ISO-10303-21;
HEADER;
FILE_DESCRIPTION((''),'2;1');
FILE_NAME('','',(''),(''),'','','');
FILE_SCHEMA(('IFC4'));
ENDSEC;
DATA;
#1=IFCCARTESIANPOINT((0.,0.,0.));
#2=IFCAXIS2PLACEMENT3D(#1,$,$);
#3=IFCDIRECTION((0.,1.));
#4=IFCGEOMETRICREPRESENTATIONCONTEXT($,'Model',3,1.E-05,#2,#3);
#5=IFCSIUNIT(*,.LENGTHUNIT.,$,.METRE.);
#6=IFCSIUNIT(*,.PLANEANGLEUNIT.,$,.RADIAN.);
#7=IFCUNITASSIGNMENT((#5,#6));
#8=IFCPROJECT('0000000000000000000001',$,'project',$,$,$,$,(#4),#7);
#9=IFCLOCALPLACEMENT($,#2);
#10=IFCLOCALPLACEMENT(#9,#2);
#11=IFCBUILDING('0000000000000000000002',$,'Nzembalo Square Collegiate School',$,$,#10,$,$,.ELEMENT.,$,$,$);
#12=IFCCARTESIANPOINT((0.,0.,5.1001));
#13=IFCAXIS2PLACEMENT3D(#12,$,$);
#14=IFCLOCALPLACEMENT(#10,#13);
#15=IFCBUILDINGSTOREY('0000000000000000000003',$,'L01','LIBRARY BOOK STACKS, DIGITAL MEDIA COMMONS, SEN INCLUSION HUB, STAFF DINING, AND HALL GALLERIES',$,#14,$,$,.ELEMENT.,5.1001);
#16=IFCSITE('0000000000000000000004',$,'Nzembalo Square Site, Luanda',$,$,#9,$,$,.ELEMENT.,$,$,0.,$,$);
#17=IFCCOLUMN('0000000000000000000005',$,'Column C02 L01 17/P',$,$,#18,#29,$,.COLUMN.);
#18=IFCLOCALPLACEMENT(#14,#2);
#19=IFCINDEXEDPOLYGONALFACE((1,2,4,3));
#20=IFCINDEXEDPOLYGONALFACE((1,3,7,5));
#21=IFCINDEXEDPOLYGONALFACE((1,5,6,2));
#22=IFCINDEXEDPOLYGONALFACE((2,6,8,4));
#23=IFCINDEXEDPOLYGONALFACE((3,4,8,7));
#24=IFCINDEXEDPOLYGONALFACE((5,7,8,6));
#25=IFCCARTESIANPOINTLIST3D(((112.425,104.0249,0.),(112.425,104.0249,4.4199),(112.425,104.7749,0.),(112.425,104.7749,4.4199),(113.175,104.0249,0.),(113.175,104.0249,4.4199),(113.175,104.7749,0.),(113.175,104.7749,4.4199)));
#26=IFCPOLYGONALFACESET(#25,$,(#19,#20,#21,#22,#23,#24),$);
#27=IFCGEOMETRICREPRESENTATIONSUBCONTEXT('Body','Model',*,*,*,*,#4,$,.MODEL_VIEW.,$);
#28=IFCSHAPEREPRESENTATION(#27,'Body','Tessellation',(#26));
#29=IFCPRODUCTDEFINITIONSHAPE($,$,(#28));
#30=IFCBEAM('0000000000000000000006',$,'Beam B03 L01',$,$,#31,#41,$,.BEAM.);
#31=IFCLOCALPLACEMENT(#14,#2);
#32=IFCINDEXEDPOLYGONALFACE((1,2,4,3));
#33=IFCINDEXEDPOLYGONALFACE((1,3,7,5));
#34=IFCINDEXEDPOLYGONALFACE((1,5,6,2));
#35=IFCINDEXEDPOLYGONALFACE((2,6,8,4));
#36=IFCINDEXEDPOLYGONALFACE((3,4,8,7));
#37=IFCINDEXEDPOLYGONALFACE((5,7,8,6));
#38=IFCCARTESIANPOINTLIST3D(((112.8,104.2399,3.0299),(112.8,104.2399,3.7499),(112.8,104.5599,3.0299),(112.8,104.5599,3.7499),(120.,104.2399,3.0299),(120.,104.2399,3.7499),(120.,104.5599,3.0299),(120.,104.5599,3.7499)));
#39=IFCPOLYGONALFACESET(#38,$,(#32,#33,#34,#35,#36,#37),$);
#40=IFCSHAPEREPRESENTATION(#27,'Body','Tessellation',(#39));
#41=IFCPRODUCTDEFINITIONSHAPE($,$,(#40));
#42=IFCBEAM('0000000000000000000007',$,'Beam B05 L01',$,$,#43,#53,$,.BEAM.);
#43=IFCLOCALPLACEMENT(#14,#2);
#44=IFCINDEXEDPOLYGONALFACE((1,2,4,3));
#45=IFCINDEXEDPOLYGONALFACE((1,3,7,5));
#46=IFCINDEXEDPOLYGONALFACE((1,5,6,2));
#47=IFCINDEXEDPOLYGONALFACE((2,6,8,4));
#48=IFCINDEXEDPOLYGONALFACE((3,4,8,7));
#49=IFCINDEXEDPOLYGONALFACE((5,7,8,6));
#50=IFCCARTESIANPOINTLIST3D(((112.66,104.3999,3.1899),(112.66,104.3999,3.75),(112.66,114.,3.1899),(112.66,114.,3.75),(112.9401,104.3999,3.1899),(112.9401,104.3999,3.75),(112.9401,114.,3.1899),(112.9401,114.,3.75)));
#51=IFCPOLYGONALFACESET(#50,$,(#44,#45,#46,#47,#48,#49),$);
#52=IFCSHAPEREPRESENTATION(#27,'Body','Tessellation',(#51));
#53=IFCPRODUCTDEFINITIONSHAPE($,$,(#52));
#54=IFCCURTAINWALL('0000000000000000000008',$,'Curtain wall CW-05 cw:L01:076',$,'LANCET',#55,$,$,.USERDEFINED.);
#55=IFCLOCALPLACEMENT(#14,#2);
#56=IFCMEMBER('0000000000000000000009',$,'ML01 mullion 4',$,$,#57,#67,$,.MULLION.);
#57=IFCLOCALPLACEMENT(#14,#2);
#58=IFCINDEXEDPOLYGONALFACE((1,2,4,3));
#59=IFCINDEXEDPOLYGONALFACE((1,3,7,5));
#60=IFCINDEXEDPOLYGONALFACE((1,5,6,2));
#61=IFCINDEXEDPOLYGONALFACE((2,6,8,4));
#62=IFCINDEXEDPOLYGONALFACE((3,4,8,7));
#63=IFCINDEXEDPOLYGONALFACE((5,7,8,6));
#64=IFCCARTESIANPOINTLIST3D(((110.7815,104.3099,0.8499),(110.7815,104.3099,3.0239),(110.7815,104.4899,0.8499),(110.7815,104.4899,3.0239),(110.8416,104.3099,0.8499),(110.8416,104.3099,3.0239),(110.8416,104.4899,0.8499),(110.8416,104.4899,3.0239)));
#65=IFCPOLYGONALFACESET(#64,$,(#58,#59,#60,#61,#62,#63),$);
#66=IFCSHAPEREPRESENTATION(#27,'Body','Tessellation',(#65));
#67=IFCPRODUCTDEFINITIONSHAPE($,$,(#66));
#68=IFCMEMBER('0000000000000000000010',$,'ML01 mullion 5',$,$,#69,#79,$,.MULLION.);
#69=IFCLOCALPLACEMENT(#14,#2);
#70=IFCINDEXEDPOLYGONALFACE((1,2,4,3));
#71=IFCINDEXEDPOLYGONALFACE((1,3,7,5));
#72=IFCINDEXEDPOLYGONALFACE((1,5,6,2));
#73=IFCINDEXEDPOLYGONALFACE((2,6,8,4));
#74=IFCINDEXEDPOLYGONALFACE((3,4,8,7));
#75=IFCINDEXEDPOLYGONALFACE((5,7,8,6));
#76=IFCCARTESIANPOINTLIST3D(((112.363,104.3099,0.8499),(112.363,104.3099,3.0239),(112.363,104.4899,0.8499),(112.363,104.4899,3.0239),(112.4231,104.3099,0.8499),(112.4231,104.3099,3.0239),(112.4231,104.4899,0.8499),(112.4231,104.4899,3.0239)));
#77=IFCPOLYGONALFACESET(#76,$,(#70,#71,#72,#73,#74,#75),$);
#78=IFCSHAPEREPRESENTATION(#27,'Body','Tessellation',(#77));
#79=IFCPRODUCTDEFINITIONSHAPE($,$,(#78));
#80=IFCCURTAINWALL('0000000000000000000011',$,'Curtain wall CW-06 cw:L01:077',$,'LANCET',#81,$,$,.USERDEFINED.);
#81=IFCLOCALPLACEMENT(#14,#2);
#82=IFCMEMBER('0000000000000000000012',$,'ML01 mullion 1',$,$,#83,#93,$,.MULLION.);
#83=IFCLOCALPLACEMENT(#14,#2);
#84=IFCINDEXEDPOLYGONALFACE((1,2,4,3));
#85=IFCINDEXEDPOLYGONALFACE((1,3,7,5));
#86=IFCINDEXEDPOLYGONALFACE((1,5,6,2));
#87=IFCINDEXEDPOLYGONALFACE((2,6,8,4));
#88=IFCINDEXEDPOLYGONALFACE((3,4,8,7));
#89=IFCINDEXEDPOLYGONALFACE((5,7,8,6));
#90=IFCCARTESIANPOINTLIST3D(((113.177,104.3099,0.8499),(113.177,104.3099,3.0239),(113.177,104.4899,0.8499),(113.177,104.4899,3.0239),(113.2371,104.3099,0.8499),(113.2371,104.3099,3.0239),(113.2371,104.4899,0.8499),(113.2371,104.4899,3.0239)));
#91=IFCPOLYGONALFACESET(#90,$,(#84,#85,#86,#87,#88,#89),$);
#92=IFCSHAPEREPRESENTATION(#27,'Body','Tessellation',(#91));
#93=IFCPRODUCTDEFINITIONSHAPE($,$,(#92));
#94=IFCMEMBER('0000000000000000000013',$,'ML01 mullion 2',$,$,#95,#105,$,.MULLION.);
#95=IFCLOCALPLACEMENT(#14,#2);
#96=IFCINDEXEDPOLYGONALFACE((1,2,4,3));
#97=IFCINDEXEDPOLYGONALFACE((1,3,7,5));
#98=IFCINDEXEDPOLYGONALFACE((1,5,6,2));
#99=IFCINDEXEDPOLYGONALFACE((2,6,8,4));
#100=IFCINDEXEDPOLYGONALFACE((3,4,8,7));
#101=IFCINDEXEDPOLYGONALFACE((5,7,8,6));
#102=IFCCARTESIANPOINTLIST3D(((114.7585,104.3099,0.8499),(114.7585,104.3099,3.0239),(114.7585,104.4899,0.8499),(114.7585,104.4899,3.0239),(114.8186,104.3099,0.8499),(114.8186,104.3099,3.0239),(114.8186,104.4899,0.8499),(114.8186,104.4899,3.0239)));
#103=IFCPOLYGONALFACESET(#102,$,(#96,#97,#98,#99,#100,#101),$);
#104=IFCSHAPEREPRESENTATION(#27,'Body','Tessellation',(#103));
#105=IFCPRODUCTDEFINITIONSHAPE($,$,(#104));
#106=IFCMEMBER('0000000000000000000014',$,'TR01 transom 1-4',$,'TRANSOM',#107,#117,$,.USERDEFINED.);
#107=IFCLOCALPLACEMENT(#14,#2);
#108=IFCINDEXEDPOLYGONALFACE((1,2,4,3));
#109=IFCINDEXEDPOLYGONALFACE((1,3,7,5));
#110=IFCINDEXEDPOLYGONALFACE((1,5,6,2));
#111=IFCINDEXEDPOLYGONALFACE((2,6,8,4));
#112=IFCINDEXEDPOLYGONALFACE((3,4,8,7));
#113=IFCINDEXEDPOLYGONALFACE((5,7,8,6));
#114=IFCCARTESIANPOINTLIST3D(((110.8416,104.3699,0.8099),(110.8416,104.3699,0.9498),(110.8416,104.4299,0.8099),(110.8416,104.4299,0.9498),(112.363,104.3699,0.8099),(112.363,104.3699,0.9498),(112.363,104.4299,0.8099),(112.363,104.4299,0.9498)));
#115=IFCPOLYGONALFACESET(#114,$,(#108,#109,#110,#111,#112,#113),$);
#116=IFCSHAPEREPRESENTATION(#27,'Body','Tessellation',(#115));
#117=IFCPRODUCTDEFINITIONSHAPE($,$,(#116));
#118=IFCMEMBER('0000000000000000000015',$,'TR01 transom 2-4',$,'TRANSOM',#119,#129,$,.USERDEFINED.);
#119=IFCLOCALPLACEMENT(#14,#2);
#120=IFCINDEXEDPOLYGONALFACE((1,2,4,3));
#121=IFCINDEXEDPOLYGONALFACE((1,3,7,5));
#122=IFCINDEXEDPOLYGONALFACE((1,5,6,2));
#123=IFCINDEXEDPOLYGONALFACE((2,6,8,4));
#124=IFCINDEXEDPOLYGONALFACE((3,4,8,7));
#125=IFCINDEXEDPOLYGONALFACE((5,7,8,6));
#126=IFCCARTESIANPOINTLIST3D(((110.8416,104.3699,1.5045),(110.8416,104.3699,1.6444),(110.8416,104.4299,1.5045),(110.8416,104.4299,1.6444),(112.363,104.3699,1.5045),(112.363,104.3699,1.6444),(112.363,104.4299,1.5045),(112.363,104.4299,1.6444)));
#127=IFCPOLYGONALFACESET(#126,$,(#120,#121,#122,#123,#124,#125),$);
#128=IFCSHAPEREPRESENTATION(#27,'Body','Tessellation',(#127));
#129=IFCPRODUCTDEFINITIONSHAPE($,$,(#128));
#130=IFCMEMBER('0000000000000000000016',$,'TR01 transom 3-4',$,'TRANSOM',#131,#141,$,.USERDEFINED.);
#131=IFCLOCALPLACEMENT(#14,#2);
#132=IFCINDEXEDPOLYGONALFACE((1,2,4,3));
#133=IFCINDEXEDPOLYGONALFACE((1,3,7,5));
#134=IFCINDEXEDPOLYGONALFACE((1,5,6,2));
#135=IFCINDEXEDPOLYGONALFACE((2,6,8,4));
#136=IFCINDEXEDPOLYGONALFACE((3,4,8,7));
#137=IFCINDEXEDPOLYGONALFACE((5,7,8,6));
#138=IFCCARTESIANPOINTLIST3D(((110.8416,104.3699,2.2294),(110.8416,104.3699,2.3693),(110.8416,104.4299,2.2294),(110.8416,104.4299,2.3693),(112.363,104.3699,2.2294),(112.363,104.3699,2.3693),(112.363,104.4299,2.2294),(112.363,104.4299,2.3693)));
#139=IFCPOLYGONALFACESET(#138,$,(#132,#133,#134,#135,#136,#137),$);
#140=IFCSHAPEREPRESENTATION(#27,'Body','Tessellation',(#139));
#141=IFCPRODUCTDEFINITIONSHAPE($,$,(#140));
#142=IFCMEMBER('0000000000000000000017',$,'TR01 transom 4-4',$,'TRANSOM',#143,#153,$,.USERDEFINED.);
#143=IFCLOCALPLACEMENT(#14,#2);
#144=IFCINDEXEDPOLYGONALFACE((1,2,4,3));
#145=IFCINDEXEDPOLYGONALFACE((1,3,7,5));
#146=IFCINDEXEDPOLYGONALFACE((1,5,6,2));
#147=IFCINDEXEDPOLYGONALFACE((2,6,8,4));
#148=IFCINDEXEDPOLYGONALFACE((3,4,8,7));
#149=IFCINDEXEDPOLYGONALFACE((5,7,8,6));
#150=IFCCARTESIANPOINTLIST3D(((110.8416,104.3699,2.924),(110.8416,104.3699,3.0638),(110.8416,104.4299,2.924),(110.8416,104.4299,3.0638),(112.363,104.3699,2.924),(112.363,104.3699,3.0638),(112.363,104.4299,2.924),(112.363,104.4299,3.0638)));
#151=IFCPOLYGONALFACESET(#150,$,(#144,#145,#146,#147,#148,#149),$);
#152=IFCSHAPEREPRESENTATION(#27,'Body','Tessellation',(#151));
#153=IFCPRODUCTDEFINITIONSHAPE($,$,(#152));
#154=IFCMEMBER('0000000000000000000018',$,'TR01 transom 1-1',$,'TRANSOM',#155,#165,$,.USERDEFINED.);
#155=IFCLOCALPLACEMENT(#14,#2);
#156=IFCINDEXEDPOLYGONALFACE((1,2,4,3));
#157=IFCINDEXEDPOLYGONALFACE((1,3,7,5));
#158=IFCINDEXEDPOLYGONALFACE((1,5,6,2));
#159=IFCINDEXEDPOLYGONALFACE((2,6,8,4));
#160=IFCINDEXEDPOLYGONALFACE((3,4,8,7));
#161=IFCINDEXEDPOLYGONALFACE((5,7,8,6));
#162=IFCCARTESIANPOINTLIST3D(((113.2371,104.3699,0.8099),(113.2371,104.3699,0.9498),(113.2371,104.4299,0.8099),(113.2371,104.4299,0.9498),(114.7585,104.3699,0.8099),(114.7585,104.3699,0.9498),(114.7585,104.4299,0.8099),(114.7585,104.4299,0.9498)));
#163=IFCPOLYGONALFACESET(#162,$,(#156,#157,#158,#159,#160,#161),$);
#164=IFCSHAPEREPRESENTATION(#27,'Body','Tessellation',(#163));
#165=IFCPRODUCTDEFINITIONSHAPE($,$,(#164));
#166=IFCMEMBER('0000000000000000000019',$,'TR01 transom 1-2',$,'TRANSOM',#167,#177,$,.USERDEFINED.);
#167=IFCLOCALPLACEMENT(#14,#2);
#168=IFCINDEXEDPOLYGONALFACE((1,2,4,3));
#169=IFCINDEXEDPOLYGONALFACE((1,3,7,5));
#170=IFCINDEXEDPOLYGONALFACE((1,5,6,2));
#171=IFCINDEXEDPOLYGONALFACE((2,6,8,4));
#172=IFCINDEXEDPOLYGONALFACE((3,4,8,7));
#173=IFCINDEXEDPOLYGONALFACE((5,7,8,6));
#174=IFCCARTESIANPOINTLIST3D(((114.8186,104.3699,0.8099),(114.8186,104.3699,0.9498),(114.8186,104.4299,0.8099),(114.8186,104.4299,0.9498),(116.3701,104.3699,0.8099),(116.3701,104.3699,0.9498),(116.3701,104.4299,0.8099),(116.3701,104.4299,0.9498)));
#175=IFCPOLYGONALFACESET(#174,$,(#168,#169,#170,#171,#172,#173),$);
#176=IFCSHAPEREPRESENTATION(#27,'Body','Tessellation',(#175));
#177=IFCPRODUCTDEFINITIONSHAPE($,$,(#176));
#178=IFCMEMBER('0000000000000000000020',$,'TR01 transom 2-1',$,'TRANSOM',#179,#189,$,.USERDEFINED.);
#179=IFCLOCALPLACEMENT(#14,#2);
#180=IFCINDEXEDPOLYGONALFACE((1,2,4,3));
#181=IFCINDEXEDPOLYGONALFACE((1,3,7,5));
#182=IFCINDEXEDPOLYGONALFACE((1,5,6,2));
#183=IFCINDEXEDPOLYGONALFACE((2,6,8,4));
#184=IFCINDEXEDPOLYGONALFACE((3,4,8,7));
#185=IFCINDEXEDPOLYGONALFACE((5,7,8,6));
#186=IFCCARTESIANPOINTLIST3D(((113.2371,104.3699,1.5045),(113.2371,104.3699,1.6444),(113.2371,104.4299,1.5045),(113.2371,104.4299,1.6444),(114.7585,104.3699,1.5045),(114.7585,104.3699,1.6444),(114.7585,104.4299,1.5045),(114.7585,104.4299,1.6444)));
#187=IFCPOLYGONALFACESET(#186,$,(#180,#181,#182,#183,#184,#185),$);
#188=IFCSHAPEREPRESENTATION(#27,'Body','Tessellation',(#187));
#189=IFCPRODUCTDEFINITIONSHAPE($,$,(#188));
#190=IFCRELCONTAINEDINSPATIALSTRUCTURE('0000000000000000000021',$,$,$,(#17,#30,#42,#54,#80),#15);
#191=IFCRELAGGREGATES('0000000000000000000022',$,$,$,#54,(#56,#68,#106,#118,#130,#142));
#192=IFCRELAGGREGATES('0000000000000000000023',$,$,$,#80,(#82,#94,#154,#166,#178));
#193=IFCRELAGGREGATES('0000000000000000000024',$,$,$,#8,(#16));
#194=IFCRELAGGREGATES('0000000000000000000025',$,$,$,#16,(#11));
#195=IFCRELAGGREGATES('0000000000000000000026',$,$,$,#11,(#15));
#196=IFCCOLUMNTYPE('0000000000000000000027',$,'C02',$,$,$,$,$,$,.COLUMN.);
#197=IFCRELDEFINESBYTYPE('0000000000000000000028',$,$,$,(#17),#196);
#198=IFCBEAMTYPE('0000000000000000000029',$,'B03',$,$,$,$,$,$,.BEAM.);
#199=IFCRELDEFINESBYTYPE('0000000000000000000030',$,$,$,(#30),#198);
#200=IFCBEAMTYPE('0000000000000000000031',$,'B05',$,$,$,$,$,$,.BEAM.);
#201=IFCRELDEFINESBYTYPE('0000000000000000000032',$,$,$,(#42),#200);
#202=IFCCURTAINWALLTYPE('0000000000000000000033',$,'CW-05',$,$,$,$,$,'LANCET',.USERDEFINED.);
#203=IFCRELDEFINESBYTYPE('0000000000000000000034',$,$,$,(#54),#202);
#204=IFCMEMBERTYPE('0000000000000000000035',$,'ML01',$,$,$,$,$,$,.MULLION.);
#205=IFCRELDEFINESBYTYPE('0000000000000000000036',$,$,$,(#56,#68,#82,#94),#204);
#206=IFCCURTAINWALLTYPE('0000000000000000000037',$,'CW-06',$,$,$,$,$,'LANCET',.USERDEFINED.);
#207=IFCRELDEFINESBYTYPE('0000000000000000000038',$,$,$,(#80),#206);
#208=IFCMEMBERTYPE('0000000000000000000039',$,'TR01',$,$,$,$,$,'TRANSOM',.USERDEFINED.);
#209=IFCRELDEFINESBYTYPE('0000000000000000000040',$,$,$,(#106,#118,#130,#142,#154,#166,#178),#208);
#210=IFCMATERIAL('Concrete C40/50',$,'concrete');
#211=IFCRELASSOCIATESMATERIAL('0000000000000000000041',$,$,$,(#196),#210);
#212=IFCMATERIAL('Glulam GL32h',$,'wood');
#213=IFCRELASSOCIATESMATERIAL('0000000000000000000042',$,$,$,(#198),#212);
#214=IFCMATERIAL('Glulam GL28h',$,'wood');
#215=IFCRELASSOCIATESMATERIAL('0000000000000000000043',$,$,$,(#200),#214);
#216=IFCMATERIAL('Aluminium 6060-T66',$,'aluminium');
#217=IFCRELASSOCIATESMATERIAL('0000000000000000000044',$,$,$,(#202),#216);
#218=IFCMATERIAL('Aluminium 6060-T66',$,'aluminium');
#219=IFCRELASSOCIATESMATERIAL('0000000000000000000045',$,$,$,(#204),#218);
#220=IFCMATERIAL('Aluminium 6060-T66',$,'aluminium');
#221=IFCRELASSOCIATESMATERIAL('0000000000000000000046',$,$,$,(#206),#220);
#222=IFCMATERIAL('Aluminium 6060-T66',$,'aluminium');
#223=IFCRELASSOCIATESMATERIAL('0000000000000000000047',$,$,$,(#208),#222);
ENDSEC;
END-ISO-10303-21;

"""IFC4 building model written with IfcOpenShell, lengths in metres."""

from ifc_helpers import new_model, si_unit, direction, frame, origin, origin_2d, place, context, subcontext, project, spatial, rectangle, extrude, material, material_profile, profile_set, type_object, element, aggregate, save


model = new_model("IFC4")

# Units and contexts
model_context = context("Model", 3, precision=1e-05, world=origin(), true_north=direction((0.0, 1.0)))
body_context = subcontext(model_context, "Body", "Model", "MODEL_VIEW")
ifc_project = project(units=[si_unit("LENGTHUNIT", "METRE"), si_unit("PLANEANGLEUNIT", "RADIAN")], contexts=[model_context])

# Site, building, storey
site_placement = place(None, origin())
site = spatial("IfcSite", under=ifc_project, at=site_placement, Name="Nzembalo Square Site, Luanda", CompositionType="ELEMENT", RefElevation=0.0)
building_placement = place(site_placement, origin())
building = spatial("IfcBuilding", under=site, at=building_placement, Name="Nzembalo Square Collegiate School", CompositionType="ELEMENT")
storey_placement = place(building_placement, frame((0.0, 0.0, 5.1001)))
storey = spatial("IfcBuildingStorey", under=building, at=storey_placement, Name="L01", Description="LIBRARY BOOK STACKS, DIGITAL MEDIA COMMONS, SEN INCLUSION HUB, STAFF DINING, AND HALL GALLERIES", CompositionType="ELEMENT", Elevation=5.1001)

# Column
ifc_material_1 = material(Name="Concrete C40/50", Category="concrete")
ifc_material_profile_1 = material_profile(ifc_material_1, rectangle(XDim=0.75, YDim=0.75, at=origin_2d()), Name="RC 750x750")
ifc_profile_set_1 = profile_set([ifc_material_profile_1], Name="Concrete C40/50")
column_type = type_object("IfcColumnType", Name="C02", PredefinedType="COLUMN", material=ifc_profile_set_1)
column_placement = place(storey_placement, frame((112.8, 104.3999, 0.0), z_axis=(0.0, 0.0, 1.0), x_axis=(1.0, 0.0, 0.0)))
element("IfcColumn", 1, at=column_placement, inside=storey, type_object=column_type, Name="Column C02 L01 17/P", PredefinedType="COLUMN", context=body_context, shape_type="SweptSolid", body=[
    extrude(rectangle(XDim=0.75, YDim=0.75, at=origin_2d()), origin(), (0.0, 0.0, 1.0), 4.4199),
])

# Beams
ifc_material_2 = material(Name="Glulam GL32h", Category="wood")
ifc_material_profile_2 = material_profile(ifc_material_2, rectangle(XDim=0.3201, YDim=0.72, at=origin_2d()), Name="GL32h 320x720")
ifc_profile_set_2 = profile_set([ifc_material_profile_2], Name="Glulam GL32h")
beam_type_1 = type_object("IfcBeamType", Name="B03", PredefinedType="BEAM", material=ifc_profile_set_2)
beam_1_placement = place(storey_placement, frame((112.8, 104.3999, 3.3899), z_axis=(1.0, 0.0, 0.0), x_axis=(0.0, 1.0, 0.0)))
element("IfcBeam", 2, at=beam_1_placement, inside=storey, type_object=beam_type_1, Name="Beam B03 L01", PredefinedType="BEAM", context=body_context, shape_type="SweptSolid", body=[
    extrude(rectangle(XDim=0.3201, YDim=0.72, at=origin_2d()), origin(), (0.0, 0.0, 1.0), 7.2),
])
ifc_material_3 = material(Name="Glulam GL28h", Category="wood")
ifc_material_profile_3 = material_profile(ifc_material_3, rectangle(XDim=0.28, YDim=0.5601, at=origin_2d()), Name="GL28h 280x560")
ifc_profile_set_3 = profile_set([ifc_material_profile_3], Name="Glulam GL28h")
beam_type_2 = type_object("IfcBeamType", Name="B05", PredefinedType="BEAM", material=ifc_profile_set_3)
beam_2_placement = place(storey_placement, frame((112.8, 104.3999, 3.47), z_axis=(0.0, 1.0, 0.0), x_axis=(-1.0, 0.0, 0.0)))
element("IfcBeam", 3, at=beam_2_placement, inside=storey, type_object=beam_type_2, Name="Beam B05 L01", PredefinedType="BEAM", context=body_context, shape_type="SweptSolid", body=[
    extrude(rectangle(XDim=0.28, YDim=0.5601, at=origin_2d()), origin(), (0.0, 0.0, 1.0), 9.6001),
])

# Curtain walls, members
ifc_material_4 = material(Name="Aluminium 6060-T66", Category="aluminium")
curtain_wall_type_1 = type_object("IfcCurtainWallType", Name="CW-05", ElementType="LANCET", PredefinedType="USERDEFINED", material=ifc_material_4)
curtain_wall_1_placement = place(storey_placement, origin())
curtain_wall_1 = element("IfcCurtainWall", 4, at=curtain_wall_1_placement, inside=storey, type_object=curtain_wall_type_1, Name="Curtain wall CW-05 cw:L01:076", ObjectType="LANCET", PredefinedType="USERDEFINED")
ifc_material_5 = material(Name="Aluminium 6060-T66", Category="aluminium")
ifc_material_profile_4 = material_profile(ifc_material_5, rectangle(XDim=0.0601, YDim=0.1799, at=origin_2d()), Name="ALU M60x180")
ifc_profile_set_4 = profile_set([ifc_material_profile_4], Name="Aluminium 6060-T66")
member_type_1 = type_object("IfcMemberType", Name="ML01", PredefinedType="MULLION", material=ifc_profile_set_4)
member_1_placement = place(storey_placement, frame((110.8115, 104.3999, 0.8499), z_axis=(0.0, 0.0, 1.0), x_axis=(1.0, 0.0, 0.0)))
member_1 = element("IfcMember", 5, at=member_1_placement, type_object=member_type_1, Name="ML01 mullion 4", PredefinedType="MULLION", context=body_context, shape_type="SweptSolid", body=[
    extrude(rectangle(XDim=0.0601, YDim=0.1799, at=origin_2d()), origin(), (0.0, 0.0, 1.0), 2.1741),
])
member_2_placement = place(storey_placement, frame((112.3931, 104.3999, 0.8499), z_axis=(0.0, 0.0, 1.0), x_axis=(1.0, 0.0, 0.0)))
member_2 = element("IfcMember", 6, at=member_2_placement, type_object=member_type_1, Name="ML01 mullion 5", PredefinedType="MULLION", context=body_context, shape_type="SweptSolid", body=[
    extrude(rectangle(XDim=0.0601, YDim=0.1799, at=origin_2d()), origin(), (0.0, 0.0, 1.0), 2.1741),
])
ifc_material_6 = material(Name="Aluminium 6060-T66", Category="aluminium")
curtain_wall_type_2 = type_object("IfcCurtainWallType", Name="CW-06", ElementType="LANCET", PredefinedType="USERDEFINED", material=ifc_material_6)
curtain_wall_2_placement = place(storey_placement, origin())
curtain_wall_2 = element("IfcCurtainWall", 7, at=curtain_wall_2_placement, inside=storey, type_object=curtain_wall_type_2, Name="Curtain wall CW-06 cw:L01:077", ObjectType="LANCET", PredefinedType="USERDEFINED")
member_3_placement = place(storey_placement, frame((113.207, 104.3999, 0.8499), z_axis=(0.0, 0.0, 1.0), x_axis=(1.0, 0.0, 0.0)))
member_3 = element("IfcMember", 8, at=member_3_placement, type_object=member_type_1, Name="ML01 mullion 1", PredefinedType="MULLION", context=body_context, shape_type="SweptSolid", body=[
    extrude(rectangle(XDim=0.0601, YDim=0.1799, at=origin_2d()), origin(), (0.0, 0.0, 1.0), 2.1741),
])
member_4_placement = place(storey_placement, frame((114.7886, 104.3999, 0.8499), z_axis=(0.0, 0.0, 1.0), x_axis=(1.0, 0.0, 0.0)))
member_4 = element("IfcMember", 9, at=member_4_placement, type_object=member_type_1, Name="ML01 mullion 2", PredefinedType="MULLION", context=body_context, shape_type="SweptSolid", body=[
    extrude(rectangle(XDim=0.0601, YDim=0.1799, at=origin_2d()), origin(), (0.0, 0.0, 1.0), 2.1741),
])

# Members
ifc_material_7 = material(Name="Aluminium 6060-T66", Category="aluminium")
ifc_material_profile_5 = material_profile(ifc_material_7, rectangle(XDim=0.0601, YDim=0.1399, at=origin_2d()), Name="ALU T60x140")
ifc_profile_set_5 = profile_set([ifc_material_profile_5], Name="Aluminium 6060-T66")
member_type_2 = type_object("IfcMemberType", Name="TR01", ElementType="TRANSOM", PredefinedType="USERDEFINED", material=ifc_profile_set_5)
member_5_placement = place(storey_placement, frame((110.8416, 104.3999, 0.8799), z_axis=(1.0, 0.0, 0.0), x_axis=(0.0, 1.0, 0.0)))
member_5 = element("IfcMember", 10, at=member_5_placement, type_object=member_type_2, Name="TR01 transom 1-4", ObjectType="TRANSOM", PredefinedType="USERDEFINED", context=body_context, shape_type="SweptSolid", body=[
    extrude(rectangle(XDim=0.0601, YDim=0.1399, at=origin_2d()), origin(), (0.0, 0.0, 1.0), 1.5215),
])
member_6_placement = place(storey_placement, frame((110.8416, 104.3999, 1.5745), z_axis=(1.0, 0.0, 0.0), x_axis=(0.0, 1.0, 0.0)))
member_6 = element("IfcMember", 11, at=member_6_placement, type_object=member_type_2, Name="TR01 transom 2-4", ObjectType="TRANSOM", PredefinedType="USERDEFINED", context=body_context, shape_type="SweptSolid", body=[
    extrude(rectangle(XDim=0.0601, YDim=0.1399, at=origin_2d()), origin(), (0.0, 0.0, 1.0), 1.5215),
])
member_7_placement = place(storey_placement, frame((110.8416, 104.3999, 2.2993), z_axis=(1.0, 0.0, 0.0), x_axis=(0.0, 1.0, 0.0)))
member_7 = element("IfcMember", 12, at=member_7_placement, type_object=member_type_2, Name="TR01 transom 3-4", ObjectType="TRANSOM", PredefinedType="USERDEFINED", context=body_context, shape_type="SweptSolid", body=[
    extrude(rectangle(XDim=0.0601, YDim=0.1399, at=origin_2d()), origin(), (0.0, 0.0, 1.0), 1.5215),
])
member_8_placement = place(storey_placement, frame((110.8416, 104.3999, 2.9939), z_axis=(1.0, 0.0, 0.0), x_axis=(0.0, 1.0, 0.0)))
member_8 = element("IfcMember", 13, at=member_8_placement, type_object=member_type_2, Name="TR01 transom 4-4", ObjectType="TRANSOM", PredefinedType="USERDEFINED", context=body_context, shape_type="SweptSolid", body=[
    extrude(rectangle(XDim=0.0601, YDim=0.1399, at=origin_2d()), origin(), (0.0, 0.0, 1.0), 1.5215),
])
member_9_placement = place(storey_placement, frame((113.2371, 104.3999, 0.8799), z_axis=(1.0, 0.0, 0.0), x_axis=(0.0, 1.0, 0.0)))
member_9 = element("IfcMember", 14, at=member_9_placement, type_object=member_type_2, Name="TR01 transom 1-1", ObjectType="TRANSOM", PredefinedType="USERDEFINED", context=body_context, shape_type="SweptSolid", body=[
    extrude(rectangle(XDim=0.0601, YDim=0.1399, at=origin_2d()), origin(), (0.0, 0.0, 1.0), 1.5215),
])
member_10_placement = place(storey_placement, frame((114.8186, 104.3999, 0.8799), z_axis=(1.0, 0.0, 0.0), x_axis=(0.0, 1.0, 0.0)))
member_10 = element("IfcMember", 15, at=member_10_placement, type_object=member_type_2, Name="TR01 transom 1-2", ObjectType="TRANSOM", PredefinedType="USERDEFINED", context=body_context, shape_type="SweptSolid", body=[
    extrude(rectangle(XDim=0.0601, YDim=0.1399, at=origin_2d()), origin(), (0.0, 0.0, 1.0), 1.5515),
])
member_11_placement = place(storey_placement, frame((113.2371, 104.3999, 1.5745), z_axis=(1.0, 0.0, 0.0), x_axis=(0.0, 1.0, 0.0)))
member_11 = element("IfcMember", 16, at=member_11_placement, type_object=member_type_2, Name="TR01 transom 2-1", ObjectType="TRANSOM", PredefinedType="USERDEFINED", context=body_context, shape_type="SweptSolid", body=[
    extrude(rectangle(XDim=0.0601, YDim=0.1399, at=origin_2d()), origin(), (0.0, 0.0, 1.0), 1.5215),
])

aggregate(curtain_wall_1, [member_1, member_2, member_5, member_6, member_7, member_8])
aggregate(curtain_wall_2, [member_3, member_4, member_9, member_10, member_11])

save(model, "model.ifc")
